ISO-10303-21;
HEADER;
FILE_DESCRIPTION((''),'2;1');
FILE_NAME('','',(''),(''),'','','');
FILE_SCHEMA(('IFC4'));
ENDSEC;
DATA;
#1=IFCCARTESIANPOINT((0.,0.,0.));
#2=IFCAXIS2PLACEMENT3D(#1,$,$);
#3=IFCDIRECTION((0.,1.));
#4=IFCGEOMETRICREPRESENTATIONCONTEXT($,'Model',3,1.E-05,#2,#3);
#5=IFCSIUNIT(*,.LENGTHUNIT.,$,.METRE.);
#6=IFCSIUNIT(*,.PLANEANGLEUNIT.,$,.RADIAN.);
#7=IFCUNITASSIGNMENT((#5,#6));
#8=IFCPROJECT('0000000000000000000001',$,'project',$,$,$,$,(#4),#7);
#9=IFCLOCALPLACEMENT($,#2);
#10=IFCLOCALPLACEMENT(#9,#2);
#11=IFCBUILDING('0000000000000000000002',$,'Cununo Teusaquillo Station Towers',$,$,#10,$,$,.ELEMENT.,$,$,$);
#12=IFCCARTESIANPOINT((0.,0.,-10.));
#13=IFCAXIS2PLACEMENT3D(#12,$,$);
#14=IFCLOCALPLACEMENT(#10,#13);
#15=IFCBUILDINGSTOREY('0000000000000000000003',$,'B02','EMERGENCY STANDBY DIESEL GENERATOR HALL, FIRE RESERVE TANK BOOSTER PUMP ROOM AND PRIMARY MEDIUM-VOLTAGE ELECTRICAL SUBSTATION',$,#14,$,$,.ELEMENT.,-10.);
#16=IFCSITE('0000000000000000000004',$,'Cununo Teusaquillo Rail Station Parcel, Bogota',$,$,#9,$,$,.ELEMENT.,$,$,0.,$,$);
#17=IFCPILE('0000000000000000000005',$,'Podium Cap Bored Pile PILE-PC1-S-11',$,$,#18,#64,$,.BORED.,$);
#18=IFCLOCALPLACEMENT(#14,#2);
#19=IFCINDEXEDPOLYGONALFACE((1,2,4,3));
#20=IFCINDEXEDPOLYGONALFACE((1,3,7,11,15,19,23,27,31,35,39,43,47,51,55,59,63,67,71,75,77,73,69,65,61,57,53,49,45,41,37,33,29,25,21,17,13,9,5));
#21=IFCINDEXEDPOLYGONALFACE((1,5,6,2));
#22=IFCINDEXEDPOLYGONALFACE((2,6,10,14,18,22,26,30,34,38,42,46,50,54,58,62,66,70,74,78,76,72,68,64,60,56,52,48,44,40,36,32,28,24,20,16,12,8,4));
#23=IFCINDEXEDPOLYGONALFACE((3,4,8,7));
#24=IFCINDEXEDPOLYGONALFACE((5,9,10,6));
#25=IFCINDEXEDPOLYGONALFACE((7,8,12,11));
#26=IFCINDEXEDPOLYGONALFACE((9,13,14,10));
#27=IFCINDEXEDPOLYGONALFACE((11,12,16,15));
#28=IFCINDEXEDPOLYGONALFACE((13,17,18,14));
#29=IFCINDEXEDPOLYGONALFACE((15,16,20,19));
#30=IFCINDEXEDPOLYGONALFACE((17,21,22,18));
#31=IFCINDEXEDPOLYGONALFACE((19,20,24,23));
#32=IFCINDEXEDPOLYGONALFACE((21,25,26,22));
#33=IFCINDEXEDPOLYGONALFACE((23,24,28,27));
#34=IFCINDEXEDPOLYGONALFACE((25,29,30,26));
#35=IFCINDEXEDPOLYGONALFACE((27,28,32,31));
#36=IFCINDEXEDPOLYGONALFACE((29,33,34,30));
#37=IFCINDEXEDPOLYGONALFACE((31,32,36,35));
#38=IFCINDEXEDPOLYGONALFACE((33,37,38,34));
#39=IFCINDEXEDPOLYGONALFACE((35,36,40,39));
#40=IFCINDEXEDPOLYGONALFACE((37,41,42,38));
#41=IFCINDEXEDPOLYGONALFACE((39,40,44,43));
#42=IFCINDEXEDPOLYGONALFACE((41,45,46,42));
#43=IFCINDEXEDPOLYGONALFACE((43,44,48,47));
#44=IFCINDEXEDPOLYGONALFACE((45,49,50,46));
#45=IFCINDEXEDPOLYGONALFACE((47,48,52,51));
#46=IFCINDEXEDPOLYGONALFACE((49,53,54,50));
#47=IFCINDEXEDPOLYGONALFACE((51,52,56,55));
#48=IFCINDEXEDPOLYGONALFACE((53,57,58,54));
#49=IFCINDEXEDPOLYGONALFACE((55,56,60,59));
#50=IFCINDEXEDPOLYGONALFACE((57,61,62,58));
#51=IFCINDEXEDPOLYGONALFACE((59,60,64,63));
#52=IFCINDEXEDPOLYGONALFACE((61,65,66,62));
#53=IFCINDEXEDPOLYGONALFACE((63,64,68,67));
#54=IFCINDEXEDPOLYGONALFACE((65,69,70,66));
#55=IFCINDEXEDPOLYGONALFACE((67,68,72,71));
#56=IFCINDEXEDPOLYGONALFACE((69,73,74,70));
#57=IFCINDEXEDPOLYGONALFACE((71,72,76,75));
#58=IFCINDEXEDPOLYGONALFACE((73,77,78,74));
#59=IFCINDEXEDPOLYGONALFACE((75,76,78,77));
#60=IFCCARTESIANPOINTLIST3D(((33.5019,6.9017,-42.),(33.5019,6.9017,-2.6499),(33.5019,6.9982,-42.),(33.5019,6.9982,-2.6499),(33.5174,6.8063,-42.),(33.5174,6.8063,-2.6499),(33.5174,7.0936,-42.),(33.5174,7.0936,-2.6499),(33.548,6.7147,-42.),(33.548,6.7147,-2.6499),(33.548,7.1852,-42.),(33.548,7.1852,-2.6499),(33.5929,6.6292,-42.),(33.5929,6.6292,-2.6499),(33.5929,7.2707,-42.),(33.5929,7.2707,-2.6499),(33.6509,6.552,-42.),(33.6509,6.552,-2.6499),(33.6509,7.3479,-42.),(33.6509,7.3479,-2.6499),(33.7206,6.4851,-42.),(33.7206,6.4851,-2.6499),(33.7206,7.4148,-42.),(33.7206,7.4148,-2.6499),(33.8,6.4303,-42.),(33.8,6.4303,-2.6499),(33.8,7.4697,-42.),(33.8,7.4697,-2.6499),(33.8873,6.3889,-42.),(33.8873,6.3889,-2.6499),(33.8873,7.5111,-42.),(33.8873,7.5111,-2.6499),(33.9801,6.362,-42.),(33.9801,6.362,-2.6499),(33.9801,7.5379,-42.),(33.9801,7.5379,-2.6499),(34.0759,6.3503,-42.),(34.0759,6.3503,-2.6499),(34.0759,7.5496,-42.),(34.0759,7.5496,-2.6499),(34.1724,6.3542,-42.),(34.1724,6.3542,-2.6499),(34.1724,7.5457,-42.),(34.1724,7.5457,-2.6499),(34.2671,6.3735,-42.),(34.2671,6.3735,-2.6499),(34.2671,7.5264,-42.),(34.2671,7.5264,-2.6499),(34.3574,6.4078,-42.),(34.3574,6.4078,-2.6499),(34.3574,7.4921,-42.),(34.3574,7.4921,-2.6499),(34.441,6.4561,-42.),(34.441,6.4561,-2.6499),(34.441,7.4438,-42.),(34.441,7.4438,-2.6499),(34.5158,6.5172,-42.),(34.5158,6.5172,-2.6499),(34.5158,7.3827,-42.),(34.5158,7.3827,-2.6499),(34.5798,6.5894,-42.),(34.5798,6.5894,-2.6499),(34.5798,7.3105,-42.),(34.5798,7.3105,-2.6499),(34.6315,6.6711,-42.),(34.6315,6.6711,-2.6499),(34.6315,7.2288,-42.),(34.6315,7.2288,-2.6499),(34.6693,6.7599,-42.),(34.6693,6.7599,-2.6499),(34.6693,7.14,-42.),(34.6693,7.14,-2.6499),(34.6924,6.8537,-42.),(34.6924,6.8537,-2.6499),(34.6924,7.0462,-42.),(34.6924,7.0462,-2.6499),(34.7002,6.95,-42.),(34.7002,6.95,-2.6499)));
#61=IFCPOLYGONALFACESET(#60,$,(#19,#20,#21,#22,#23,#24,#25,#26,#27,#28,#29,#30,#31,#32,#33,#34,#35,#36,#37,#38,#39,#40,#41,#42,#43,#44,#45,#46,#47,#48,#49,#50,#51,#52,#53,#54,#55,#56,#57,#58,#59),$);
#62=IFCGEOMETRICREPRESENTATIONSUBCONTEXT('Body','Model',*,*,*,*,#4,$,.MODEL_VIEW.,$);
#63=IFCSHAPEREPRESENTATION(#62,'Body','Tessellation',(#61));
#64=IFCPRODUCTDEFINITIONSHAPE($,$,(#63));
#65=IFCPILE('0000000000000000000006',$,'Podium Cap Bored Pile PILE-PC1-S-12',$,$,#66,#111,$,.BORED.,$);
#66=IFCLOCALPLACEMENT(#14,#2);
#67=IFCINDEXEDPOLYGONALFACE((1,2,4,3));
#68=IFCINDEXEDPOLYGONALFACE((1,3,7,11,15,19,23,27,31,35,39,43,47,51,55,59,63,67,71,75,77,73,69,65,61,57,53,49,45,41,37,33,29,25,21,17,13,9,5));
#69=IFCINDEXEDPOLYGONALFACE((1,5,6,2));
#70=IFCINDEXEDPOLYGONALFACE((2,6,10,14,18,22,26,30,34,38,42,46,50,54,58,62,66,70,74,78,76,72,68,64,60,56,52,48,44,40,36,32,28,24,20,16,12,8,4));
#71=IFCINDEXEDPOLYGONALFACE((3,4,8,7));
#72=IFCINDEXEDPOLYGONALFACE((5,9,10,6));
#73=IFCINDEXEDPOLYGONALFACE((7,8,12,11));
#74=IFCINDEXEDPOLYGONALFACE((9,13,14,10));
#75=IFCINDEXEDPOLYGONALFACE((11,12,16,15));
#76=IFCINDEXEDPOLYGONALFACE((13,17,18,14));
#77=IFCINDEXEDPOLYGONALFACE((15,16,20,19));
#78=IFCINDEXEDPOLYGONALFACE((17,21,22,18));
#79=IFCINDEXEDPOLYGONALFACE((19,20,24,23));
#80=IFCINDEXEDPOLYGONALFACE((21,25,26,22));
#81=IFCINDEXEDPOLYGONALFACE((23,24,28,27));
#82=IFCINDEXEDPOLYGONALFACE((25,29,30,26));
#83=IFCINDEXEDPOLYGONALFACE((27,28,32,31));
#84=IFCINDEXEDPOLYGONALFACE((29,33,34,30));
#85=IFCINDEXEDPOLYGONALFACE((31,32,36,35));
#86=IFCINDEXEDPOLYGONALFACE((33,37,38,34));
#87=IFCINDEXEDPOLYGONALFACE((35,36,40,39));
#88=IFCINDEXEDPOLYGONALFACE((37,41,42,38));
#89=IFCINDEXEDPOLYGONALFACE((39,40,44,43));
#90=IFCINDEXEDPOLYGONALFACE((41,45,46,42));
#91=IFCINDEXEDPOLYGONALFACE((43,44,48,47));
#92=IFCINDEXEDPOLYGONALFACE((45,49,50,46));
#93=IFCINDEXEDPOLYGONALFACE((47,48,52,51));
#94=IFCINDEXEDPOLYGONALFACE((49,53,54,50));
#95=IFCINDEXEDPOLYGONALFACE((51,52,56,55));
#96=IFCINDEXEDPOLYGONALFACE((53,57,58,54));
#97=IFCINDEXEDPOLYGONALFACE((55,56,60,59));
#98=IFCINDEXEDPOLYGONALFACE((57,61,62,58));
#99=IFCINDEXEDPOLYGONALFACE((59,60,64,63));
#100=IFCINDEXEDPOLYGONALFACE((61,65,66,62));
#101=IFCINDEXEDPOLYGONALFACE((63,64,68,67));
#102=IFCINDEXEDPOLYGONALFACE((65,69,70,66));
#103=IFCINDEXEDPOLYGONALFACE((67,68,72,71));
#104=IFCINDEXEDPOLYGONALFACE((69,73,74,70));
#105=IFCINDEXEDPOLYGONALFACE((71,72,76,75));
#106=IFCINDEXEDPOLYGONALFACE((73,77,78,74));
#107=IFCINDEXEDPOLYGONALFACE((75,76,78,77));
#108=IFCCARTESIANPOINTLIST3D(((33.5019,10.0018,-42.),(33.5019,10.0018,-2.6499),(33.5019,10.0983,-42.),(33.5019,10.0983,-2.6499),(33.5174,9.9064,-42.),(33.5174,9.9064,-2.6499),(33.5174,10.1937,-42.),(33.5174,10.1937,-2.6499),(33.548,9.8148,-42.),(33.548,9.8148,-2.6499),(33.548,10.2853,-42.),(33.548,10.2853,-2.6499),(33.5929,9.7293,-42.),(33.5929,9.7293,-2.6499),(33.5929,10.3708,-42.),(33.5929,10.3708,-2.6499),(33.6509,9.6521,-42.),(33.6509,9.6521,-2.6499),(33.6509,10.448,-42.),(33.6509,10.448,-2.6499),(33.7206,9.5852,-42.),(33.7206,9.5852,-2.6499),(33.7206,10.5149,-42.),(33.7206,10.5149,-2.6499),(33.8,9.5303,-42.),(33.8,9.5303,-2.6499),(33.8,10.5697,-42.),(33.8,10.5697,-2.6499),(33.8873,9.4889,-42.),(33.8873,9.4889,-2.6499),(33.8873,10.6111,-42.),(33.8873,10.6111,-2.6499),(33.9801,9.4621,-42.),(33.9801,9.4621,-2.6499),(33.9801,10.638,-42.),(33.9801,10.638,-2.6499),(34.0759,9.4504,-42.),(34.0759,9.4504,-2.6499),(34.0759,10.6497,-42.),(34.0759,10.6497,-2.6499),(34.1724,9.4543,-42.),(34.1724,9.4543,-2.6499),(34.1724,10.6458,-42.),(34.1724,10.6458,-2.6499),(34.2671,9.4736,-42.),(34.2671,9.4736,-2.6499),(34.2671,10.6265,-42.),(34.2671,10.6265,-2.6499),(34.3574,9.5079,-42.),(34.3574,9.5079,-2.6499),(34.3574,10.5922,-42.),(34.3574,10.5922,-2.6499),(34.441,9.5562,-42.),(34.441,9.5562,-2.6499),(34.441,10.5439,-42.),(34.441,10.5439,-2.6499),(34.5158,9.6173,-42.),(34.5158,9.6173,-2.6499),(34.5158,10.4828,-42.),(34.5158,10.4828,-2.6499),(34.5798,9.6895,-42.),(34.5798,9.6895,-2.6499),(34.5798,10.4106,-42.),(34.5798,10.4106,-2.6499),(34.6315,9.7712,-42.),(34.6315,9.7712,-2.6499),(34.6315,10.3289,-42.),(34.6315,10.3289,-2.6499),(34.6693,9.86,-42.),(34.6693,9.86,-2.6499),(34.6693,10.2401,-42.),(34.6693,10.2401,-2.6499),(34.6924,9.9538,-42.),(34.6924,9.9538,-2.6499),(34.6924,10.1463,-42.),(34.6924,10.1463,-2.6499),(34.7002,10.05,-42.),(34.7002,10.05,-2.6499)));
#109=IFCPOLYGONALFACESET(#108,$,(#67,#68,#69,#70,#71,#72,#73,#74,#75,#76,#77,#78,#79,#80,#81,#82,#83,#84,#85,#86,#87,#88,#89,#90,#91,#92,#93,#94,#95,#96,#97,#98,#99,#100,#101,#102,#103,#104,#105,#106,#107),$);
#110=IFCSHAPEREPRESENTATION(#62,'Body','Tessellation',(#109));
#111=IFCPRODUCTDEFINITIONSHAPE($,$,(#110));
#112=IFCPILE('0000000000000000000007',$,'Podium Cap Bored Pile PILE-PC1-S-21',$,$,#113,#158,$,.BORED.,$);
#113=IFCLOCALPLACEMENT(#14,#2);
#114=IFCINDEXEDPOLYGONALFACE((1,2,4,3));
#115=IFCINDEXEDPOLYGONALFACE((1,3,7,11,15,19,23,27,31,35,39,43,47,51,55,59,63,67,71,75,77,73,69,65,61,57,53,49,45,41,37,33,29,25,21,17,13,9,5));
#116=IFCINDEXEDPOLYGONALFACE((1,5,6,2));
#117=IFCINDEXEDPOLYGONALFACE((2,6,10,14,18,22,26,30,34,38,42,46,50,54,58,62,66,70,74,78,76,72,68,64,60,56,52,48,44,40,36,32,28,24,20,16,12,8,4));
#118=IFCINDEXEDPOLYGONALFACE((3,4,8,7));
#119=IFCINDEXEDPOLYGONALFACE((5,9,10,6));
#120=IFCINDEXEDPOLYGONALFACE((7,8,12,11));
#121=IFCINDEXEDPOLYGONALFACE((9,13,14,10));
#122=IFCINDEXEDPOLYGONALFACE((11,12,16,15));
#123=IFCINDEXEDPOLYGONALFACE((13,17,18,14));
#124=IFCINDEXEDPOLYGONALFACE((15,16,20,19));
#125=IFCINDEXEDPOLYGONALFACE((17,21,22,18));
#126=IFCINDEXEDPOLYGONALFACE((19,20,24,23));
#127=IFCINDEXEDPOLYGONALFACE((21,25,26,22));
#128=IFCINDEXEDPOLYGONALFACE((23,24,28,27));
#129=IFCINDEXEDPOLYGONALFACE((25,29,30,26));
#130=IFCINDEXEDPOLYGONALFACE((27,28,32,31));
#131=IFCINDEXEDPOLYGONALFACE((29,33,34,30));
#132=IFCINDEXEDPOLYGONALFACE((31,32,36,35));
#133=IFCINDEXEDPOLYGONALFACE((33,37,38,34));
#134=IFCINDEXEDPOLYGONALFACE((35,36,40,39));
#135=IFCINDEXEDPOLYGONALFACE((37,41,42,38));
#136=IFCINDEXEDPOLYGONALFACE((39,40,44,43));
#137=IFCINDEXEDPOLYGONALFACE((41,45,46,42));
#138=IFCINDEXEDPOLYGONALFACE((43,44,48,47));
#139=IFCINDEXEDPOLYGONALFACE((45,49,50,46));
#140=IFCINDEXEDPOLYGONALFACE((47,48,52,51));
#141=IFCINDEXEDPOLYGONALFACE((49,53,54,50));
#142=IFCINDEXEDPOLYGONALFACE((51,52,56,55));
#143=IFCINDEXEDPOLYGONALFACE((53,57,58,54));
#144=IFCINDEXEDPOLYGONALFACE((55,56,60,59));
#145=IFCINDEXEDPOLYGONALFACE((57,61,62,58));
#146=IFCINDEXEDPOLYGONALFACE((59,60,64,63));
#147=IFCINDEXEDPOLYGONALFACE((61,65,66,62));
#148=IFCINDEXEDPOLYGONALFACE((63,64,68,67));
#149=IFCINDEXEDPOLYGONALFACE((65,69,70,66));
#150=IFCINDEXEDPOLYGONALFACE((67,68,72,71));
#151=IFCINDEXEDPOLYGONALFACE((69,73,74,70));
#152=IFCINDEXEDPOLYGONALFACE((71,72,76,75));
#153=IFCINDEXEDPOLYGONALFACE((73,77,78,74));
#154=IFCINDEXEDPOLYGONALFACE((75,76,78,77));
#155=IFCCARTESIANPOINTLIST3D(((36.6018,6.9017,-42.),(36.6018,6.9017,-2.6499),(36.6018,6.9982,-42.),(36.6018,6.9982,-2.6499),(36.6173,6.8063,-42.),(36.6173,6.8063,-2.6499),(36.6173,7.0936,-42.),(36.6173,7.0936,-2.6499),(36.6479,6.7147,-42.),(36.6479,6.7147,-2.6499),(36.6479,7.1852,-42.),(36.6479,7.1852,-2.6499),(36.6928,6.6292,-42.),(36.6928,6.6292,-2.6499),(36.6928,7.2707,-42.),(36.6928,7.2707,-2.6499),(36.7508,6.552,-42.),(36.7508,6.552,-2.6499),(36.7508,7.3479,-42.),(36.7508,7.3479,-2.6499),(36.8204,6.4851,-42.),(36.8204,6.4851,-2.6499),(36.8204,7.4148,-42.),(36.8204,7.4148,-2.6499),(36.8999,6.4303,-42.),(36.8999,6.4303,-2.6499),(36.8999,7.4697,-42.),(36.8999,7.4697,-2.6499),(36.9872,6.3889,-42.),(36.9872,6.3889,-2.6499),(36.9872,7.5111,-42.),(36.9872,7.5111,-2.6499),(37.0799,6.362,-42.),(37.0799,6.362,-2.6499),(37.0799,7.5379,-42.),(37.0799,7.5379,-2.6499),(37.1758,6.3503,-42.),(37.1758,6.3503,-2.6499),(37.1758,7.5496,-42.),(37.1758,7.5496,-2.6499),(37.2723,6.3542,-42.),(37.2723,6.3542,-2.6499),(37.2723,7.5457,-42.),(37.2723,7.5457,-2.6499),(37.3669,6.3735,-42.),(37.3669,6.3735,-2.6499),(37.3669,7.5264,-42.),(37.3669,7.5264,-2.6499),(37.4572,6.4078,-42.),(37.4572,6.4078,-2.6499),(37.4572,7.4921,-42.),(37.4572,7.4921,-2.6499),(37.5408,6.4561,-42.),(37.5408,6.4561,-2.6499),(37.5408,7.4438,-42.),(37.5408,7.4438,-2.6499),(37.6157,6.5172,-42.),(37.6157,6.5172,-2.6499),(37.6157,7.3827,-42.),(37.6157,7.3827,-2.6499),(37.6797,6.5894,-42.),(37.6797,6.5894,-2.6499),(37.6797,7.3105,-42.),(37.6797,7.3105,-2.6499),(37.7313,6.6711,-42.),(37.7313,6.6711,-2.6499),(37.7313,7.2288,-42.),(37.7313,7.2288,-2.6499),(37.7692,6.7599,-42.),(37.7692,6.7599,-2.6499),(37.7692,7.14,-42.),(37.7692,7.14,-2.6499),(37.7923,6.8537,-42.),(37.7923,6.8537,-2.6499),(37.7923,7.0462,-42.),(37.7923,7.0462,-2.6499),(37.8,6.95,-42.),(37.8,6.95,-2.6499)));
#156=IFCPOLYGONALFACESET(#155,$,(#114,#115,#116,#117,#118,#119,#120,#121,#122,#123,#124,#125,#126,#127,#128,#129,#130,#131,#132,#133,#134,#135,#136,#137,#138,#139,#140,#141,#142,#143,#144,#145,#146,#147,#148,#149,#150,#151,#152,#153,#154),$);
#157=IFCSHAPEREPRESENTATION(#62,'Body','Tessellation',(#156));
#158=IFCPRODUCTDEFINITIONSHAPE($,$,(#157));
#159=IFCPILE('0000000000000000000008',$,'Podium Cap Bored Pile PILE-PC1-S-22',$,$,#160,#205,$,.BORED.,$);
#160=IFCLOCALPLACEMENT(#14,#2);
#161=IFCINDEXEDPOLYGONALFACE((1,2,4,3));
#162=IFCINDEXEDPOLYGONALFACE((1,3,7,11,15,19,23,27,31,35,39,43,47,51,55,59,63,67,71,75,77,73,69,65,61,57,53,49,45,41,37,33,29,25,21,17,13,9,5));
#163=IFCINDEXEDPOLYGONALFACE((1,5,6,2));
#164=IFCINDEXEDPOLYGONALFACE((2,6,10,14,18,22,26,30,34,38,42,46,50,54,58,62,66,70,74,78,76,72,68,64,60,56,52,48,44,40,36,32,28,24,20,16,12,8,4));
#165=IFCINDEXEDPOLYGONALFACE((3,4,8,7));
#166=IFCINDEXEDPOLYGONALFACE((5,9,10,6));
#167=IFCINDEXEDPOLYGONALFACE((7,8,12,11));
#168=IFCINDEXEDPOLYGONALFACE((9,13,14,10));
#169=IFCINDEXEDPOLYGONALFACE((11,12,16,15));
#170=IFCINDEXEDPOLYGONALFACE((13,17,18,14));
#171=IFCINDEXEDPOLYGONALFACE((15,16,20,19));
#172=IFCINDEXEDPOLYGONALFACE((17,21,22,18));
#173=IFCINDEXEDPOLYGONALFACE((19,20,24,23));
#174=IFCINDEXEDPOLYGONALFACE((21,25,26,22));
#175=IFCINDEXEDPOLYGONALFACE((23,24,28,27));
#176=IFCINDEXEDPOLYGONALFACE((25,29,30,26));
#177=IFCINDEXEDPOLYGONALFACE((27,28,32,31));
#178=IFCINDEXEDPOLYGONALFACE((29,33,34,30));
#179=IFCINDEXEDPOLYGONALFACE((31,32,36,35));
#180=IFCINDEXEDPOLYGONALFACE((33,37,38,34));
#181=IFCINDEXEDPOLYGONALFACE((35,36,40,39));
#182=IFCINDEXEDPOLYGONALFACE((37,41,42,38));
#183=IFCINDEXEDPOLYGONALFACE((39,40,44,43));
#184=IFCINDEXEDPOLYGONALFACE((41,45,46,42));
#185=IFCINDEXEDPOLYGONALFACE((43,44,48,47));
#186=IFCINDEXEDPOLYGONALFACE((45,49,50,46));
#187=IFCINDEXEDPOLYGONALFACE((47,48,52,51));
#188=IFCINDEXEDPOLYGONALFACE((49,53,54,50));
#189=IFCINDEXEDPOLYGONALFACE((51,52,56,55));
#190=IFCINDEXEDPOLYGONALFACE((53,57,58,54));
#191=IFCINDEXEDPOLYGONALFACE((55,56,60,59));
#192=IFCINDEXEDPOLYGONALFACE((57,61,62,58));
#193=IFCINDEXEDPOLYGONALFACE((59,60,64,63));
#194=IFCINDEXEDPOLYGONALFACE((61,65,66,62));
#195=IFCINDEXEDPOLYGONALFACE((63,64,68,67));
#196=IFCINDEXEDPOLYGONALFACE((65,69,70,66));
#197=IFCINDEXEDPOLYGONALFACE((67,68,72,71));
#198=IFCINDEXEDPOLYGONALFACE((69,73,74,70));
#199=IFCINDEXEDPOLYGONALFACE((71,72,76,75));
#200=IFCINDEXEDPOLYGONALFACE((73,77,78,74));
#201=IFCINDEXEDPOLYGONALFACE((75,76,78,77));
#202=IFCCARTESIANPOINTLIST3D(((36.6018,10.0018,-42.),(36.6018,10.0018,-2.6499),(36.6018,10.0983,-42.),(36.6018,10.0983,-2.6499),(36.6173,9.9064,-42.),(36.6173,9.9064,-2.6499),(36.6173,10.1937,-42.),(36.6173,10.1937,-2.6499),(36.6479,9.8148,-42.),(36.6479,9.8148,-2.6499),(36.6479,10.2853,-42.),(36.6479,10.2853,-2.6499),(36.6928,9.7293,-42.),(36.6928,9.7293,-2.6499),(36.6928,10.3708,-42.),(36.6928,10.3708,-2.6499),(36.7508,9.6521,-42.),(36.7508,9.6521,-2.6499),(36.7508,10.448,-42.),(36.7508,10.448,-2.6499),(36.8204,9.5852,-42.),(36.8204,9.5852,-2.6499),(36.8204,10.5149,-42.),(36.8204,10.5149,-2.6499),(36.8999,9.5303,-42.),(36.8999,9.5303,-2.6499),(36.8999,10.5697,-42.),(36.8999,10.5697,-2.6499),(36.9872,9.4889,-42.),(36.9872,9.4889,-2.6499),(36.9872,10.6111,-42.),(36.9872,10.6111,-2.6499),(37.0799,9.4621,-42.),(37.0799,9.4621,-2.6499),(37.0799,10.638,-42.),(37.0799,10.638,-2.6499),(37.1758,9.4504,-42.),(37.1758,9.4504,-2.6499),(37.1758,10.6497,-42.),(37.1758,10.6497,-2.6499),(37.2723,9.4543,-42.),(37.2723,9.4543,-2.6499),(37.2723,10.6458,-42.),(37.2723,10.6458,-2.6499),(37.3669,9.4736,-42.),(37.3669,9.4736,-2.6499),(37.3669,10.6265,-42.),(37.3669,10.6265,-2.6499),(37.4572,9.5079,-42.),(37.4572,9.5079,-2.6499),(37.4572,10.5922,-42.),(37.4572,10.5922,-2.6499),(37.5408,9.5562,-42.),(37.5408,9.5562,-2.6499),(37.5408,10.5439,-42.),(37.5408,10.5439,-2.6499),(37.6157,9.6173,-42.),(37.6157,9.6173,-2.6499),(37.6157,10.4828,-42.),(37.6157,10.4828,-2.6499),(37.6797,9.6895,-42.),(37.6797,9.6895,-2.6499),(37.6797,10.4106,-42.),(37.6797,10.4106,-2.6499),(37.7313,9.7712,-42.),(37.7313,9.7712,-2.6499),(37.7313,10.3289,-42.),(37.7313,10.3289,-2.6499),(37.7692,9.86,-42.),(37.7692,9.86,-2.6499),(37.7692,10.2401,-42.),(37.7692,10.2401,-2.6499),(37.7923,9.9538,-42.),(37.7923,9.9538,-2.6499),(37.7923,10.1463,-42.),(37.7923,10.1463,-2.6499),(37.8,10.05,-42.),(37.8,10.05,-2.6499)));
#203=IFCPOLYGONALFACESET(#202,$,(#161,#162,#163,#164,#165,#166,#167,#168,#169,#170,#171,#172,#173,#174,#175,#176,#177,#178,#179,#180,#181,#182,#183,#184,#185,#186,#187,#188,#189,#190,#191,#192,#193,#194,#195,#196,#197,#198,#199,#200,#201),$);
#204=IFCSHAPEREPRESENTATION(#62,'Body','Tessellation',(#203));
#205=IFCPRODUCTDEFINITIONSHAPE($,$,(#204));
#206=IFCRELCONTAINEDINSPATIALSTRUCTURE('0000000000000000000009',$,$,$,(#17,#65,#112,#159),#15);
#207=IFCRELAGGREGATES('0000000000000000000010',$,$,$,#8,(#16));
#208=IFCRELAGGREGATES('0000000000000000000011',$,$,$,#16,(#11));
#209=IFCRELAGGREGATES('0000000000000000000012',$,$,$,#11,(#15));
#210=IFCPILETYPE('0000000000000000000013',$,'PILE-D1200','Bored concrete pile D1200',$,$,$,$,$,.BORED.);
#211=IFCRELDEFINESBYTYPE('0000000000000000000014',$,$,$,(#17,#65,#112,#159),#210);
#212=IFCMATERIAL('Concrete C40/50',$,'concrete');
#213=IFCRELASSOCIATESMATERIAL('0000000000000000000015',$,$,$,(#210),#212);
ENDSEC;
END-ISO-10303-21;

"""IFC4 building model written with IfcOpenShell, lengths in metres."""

from ifc_helpers import new_model, si_unit, direction, frame, origin, origin_2d, place, context, subcontext, project, spatial, circle, extrude, material, material_profile, profile_set, type_object, element, save


model = new_model("IFC4")

# Units and contexts
model_context = context("Model", 3, precision=1e-05, world=origin(), true_north=direction((0.0, 1.0)))
body_context = subcontext(model_context, "Body", "Model", "MODEL_VIEW")
ifc_project = project(units=[si_unit("LENGTHUNIT", "METRE"), si_unit("PLANEANGLEUNIT", "RADIAN")], contexts=[model_context])

# Site, building, storey
site_placement = place(None, origin())
site = spatial("IfcSite", under=ifc_project, at=site_placement, Name="Cununo Teusaquillo Rail Station Parcel, Bogota", CompositionType="ELEMENT", RefElevation=0.0)
building_placement = place(site_placement, origin())
building = spatial("IfcBuilding", under=site, at=building_placement, Name="Cununo Teusaquillo Station Towers", CompositionType="ELEMENT")
storey_placement = place(building_placement, frame((0.0, 0.0, -10.0)))
storey = spatial("IfcBuildingStorey", under=building, at=storey_placement, Name="B02", Description="EMERGENCY STANDBY DIESEL GENERATOR HALL, FIRE RESERVE TANK BOOSTER PUMP ROOM AND PRIMARY MEDIUM-VOLTAGE ELECTRICAL SUBSTATION", CompositionType="ELEMENT", Elevation=-10.0)

# Piles
ifc_material_1 = material(Name="Concrete C40/50", Category="concrete")
ifc_material_profile_1 = material_profile(ifc_material_1, circle(Radius=0.6001, at=origin_2d()), Name="PILE-BORED-1200")
ifc_profile_set_1 = profile_set([ifc_material_profile_1], Name="Concrete C40/50")
pile_type_1 = type_object("IfcPileType", Name="PILE-D1200", Description="Bored concrete pile D1200", PredefinedType="BORED", material=ifc_profile_set_1)
for number, where, z_axis, x_axis, name in (
    (1, (34.1001, 6.95, -2.6499), (0.0, 0.0, -1.0), (1.0, 0.0, 0.0), "Podium Cap Bored Pile PILE-PC1-S-11"),
    (2, (34.1001, 10.05, -2.6499), (0.0, 0.0, -1.0), (1.0, 0.0, 0.0), "Podium Cap Bored Pile PILE-PC1-S-12"),
    (3, (37.2, 6.95, -2.6499), (0.0, 0.0, -1.0), (1.0, 0.0, 0.0), "Podium Cap Bored Pile PILE-PC1-S-21"),
    (4, (37.2, 10.05, -2.6499), (0.0, 0.0, -1.0), (1.0, 0.0, 0.0), "Podium Cap Bored Pile PILE-PC1-S-22"),
):
    element("IfcPile", number, at=place(storey_placement, frame(where, z_axis=z_axis, x_axis=x_axis)), inside=storey, type_object=pile_type_1, Name=name, PredefinedType="BORED", context=body_context, shape_type="SweptSolid", body=[
        extrude(circle(Radius=0.6001, at=origin_2d()), origin(), (0.0, 0.0, 1.0), 39.3501),
    ])

save(model, "model.ifc")
